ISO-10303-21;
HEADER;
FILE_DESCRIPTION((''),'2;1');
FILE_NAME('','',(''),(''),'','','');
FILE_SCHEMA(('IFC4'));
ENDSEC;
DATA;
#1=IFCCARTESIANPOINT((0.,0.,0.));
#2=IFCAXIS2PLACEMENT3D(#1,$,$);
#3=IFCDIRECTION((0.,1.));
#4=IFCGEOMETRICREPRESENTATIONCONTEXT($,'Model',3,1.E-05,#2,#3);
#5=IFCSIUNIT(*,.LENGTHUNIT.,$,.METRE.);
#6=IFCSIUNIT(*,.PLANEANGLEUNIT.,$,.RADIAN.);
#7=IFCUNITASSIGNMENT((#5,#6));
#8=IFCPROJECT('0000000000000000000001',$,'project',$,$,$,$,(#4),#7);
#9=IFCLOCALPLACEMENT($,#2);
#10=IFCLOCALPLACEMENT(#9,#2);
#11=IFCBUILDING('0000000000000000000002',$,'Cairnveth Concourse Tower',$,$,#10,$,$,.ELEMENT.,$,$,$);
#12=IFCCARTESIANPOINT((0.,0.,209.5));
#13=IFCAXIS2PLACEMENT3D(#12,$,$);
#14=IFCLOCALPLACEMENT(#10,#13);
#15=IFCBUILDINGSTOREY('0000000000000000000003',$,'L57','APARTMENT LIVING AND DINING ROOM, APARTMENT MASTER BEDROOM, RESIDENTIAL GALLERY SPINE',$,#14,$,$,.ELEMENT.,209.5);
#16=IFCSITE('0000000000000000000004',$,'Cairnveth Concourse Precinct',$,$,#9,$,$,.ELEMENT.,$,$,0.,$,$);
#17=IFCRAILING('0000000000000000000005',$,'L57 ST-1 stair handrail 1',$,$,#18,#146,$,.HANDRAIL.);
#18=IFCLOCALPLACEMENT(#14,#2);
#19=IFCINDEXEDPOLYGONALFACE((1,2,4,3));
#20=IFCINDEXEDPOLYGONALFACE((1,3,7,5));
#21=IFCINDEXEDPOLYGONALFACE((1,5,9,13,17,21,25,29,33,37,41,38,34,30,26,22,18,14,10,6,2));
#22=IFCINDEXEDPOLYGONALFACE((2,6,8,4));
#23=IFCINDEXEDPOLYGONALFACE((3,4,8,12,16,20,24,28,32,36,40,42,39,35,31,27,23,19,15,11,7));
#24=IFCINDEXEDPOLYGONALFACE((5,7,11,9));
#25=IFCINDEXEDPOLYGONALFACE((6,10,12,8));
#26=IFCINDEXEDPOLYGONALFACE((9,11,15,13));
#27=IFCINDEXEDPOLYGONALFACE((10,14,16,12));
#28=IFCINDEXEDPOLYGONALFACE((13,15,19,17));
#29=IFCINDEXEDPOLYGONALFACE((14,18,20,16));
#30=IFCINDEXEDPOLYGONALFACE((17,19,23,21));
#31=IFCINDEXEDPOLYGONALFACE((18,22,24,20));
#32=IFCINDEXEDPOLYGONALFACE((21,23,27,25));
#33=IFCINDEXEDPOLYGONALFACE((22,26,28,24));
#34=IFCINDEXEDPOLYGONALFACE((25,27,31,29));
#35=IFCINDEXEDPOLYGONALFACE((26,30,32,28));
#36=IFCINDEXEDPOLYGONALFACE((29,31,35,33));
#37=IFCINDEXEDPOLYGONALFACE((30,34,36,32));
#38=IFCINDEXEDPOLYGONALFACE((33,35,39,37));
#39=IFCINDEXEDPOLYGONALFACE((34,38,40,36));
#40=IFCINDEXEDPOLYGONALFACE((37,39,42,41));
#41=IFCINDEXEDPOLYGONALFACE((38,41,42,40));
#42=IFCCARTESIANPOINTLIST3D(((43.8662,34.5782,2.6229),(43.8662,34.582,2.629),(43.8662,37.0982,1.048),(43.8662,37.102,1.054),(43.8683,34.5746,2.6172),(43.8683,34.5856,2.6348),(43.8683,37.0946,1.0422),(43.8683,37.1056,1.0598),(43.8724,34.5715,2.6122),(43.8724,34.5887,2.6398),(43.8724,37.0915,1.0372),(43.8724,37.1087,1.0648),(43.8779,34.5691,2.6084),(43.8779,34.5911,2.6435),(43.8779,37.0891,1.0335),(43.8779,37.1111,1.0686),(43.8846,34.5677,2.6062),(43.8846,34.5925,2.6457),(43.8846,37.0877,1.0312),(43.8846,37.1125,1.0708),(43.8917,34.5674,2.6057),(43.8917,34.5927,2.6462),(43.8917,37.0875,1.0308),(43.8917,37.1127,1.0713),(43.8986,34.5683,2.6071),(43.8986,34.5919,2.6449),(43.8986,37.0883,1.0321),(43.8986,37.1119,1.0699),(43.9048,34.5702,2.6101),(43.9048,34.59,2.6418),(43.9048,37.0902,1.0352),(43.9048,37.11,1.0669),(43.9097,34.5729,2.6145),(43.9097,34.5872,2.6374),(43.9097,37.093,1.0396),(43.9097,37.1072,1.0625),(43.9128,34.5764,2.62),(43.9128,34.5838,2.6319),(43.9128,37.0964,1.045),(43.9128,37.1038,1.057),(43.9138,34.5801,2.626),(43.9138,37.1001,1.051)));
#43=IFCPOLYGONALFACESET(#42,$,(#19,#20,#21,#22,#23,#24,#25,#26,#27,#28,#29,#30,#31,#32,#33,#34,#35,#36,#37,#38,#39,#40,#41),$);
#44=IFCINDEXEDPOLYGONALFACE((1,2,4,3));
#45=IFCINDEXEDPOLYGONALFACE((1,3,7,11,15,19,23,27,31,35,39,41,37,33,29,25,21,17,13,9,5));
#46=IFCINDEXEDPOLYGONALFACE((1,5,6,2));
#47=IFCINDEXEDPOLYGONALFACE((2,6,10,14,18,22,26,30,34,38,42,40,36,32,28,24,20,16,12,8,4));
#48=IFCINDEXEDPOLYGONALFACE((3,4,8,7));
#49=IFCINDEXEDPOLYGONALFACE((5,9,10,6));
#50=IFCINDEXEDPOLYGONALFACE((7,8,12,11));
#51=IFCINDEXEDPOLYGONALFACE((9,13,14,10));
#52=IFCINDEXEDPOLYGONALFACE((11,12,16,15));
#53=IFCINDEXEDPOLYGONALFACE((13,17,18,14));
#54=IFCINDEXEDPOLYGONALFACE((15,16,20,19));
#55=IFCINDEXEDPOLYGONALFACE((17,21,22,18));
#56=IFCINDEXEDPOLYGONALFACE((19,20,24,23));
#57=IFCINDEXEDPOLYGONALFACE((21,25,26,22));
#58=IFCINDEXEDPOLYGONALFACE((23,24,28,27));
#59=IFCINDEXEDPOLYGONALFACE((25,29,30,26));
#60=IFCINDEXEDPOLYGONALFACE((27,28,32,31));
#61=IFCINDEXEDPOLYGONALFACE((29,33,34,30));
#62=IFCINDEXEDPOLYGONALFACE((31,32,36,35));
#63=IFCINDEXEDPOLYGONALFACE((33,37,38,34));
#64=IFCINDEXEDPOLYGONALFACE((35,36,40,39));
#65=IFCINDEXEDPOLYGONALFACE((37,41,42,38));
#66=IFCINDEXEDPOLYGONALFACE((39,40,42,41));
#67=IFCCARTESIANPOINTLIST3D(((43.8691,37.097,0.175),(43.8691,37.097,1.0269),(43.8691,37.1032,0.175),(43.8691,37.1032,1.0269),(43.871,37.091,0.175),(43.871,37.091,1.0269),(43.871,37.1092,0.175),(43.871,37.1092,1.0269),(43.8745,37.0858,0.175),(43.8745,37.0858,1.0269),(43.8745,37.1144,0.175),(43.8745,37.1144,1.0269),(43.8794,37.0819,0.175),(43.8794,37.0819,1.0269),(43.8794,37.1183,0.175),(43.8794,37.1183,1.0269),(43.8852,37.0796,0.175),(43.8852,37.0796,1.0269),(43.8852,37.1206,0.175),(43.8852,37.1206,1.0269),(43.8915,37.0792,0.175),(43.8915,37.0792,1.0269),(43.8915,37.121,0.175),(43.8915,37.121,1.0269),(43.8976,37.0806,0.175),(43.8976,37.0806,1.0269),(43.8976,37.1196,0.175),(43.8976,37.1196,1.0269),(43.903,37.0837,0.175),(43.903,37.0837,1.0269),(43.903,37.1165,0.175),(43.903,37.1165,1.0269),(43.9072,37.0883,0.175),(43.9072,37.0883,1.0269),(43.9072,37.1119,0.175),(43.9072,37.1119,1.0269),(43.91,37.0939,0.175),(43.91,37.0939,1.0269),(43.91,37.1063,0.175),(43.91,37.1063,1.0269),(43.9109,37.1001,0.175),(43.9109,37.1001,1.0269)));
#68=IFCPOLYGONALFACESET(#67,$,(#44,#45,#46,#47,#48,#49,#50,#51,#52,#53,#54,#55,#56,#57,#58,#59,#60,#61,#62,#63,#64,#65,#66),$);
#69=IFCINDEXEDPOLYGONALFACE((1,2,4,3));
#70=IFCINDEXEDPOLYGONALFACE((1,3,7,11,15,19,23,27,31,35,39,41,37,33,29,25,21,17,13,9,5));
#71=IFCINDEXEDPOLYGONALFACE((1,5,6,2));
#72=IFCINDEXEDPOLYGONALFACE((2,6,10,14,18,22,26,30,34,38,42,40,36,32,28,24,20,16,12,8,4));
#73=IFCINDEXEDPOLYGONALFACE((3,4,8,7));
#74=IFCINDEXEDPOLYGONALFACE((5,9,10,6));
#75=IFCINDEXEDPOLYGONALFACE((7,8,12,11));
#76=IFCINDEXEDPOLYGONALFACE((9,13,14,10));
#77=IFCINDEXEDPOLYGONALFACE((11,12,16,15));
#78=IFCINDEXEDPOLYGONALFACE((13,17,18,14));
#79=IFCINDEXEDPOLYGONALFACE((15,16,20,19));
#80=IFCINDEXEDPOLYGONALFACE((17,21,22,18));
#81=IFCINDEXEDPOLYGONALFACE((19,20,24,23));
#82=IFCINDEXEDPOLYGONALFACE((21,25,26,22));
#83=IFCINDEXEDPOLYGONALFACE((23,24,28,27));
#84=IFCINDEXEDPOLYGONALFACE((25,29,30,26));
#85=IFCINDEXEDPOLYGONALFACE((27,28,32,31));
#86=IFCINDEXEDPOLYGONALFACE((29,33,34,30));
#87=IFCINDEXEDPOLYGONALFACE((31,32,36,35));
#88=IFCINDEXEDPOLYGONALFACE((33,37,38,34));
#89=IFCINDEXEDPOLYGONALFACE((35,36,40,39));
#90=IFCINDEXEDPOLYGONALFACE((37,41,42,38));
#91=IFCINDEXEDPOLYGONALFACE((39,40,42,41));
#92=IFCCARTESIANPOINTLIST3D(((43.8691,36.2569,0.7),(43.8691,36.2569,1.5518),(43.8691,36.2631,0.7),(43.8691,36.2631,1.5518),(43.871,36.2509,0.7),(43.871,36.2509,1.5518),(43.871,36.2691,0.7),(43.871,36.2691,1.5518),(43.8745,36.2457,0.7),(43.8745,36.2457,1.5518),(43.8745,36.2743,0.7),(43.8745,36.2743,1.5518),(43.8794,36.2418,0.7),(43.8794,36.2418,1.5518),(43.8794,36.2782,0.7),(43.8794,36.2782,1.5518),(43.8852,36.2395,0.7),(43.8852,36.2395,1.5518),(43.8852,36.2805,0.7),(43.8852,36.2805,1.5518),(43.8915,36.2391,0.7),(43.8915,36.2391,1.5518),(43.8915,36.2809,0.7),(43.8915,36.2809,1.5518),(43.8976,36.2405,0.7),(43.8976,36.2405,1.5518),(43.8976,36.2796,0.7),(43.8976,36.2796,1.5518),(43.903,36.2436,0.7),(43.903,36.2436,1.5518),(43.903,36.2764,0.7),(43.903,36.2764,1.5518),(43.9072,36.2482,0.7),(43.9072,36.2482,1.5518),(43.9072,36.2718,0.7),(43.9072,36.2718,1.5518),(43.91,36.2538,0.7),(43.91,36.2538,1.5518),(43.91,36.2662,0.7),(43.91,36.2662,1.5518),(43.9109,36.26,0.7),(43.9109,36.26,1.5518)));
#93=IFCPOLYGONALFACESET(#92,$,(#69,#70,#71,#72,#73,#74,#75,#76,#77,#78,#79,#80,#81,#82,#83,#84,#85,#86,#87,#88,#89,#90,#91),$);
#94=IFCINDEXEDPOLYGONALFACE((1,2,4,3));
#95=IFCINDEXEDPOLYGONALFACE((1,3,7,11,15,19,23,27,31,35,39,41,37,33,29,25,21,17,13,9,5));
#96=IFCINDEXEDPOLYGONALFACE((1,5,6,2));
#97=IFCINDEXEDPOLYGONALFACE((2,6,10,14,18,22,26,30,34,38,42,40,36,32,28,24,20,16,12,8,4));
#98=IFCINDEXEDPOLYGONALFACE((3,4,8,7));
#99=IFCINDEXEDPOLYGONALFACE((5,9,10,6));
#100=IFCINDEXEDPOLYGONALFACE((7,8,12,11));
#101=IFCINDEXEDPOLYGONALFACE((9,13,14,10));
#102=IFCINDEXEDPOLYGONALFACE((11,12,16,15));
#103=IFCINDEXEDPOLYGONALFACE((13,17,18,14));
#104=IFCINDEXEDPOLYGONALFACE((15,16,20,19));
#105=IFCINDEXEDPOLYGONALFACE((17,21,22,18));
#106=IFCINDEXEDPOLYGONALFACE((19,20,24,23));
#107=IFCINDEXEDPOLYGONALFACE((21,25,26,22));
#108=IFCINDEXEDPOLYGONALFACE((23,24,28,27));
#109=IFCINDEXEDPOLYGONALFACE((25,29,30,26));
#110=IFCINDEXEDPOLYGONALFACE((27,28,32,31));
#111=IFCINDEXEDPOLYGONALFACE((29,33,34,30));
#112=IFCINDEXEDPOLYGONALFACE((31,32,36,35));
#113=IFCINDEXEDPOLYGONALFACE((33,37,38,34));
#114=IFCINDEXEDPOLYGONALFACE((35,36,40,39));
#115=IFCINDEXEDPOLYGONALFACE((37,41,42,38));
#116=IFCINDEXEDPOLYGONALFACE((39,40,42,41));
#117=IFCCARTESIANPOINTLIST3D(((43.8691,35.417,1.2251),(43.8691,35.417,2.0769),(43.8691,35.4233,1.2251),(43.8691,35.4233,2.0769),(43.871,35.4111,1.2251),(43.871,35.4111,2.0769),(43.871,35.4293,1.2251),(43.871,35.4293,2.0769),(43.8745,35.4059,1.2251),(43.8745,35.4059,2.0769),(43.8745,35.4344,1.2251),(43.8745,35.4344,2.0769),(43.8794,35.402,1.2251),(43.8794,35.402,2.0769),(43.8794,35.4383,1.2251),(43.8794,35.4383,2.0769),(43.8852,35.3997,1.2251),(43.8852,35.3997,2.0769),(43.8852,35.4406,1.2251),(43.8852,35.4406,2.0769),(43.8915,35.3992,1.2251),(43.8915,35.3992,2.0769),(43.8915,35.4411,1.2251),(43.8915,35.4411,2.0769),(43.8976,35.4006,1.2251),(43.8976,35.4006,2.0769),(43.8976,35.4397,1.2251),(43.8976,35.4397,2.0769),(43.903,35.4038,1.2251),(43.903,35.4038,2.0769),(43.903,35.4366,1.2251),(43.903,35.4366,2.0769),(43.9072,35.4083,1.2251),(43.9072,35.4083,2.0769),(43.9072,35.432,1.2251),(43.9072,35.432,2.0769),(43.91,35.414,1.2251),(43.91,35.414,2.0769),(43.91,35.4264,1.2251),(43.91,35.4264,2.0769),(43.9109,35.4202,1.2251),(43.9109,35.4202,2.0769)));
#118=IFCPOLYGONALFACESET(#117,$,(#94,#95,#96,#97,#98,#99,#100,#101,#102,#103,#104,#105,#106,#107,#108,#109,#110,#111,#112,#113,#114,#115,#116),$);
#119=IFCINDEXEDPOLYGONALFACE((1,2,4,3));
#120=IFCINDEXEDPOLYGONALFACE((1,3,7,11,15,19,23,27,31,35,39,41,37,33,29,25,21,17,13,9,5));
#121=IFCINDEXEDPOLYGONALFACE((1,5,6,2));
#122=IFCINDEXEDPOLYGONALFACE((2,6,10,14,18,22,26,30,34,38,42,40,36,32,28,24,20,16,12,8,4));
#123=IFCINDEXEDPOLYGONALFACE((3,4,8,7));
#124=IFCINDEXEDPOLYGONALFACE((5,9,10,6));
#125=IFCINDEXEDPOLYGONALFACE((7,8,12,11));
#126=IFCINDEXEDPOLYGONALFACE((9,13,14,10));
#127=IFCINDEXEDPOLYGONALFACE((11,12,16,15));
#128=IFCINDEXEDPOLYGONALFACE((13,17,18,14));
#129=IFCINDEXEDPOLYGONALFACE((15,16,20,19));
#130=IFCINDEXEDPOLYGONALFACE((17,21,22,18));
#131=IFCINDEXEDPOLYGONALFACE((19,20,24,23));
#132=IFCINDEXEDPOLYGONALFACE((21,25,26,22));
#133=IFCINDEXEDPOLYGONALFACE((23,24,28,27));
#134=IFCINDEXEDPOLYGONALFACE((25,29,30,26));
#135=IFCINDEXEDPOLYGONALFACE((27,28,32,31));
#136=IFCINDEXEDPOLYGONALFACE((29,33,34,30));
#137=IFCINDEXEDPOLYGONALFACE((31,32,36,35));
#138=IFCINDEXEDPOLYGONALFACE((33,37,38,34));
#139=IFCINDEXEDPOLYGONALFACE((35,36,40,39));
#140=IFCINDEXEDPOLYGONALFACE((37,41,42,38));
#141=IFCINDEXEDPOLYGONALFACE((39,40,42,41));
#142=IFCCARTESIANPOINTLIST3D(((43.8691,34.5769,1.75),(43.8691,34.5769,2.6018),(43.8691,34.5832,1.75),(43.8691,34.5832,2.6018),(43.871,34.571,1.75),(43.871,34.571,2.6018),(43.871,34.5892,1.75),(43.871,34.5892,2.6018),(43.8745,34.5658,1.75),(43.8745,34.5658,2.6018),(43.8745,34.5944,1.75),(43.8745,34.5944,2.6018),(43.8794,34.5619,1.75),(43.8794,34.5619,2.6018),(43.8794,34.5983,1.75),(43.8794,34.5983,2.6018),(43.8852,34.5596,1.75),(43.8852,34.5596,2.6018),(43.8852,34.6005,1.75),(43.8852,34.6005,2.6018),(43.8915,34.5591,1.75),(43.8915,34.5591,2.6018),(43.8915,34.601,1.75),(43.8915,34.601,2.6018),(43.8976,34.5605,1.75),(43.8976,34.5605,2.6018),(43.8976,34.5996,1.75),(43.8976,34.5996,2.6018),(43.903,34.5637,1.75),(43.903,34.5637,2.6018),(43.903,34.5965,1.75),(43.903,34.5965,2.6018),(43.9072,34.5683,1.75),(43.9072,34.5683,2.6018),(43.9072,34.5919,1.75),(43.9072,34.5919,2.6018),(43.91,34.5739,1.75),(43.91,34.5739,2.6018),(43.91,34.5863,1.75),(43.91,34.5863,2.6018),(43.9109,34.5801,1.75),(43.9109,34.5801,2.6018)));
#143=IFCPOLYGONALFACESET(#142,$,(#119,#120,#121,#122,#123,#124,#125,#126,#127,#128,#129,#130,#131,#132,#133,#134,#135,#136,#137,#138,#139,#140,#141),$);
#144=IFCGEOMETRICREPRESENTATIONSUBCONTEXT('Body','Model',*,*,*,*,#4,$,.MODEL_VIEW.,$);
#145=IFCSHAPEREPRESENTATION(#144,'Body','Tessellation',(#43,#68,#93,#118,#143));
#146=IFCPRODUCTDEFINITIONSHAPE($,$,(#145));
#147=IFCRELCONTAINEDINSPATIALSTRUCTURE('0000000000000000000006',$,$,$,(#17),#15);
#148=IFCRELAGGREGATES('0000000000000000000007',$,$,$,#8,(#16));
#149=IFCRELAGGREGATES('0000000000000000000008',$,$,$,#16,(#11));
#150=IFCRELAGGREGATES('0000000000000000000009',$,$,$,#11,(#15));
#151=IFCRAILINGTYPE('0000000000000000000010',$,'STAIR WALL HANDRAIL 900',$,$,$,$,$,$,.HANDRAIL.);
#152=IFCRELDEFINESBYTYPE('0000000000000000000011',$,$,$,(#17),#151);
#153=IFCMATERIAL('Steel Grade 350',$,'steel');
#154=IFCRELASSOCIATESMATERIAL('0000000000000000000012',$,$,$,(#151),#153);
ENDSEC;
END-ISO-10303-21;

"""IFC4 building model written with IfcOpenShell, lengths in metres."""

from ifc_helpers import new_model, si_unit, direction, frame, origin, origin_2d, place, context, subcontext, project, spatial, circle, extrude, material, type_object, element, save


model = new_model("IFC4")

# Units and contexts
model_context = context("Model", 3, precision=1e-05, world=origin(), true_north=direction((0.0, 1.0)))
body_context = subcontext(model_context, "Body", "Model", "MODEL_VIEW")
ifc_project = project(units=[si_unit("LENGTHUNIT", "METRE"), si_unit("PLANEANGLEUNIT", "RADIAN")], contexts=[model_context])

# Site, building, storey
site_placement = place(None, origin())
site = spatial("IfcSite", under=ifc_project, at=site_placement, Name="Cairnveth Concourse Precinct", CompositionType="ELEMENT", RefElevation=0.0)
building_placement = place(site_placement, origin())
building = spatial("IfcBuilding", under=site, at=building_placement, Name="Cairnveth Concourse Tower", CompositionType="ELEMENT")
storey_placement = place(building_placement, frame((0.0, 0.0, 209.5)))
storey = spatial("IfcBuildingStorey", under=building, at=storey_placement, Name="L57", Description="APARTMENT LIVING AND DINING ROOM, APARTMENT MASTER BEDROOM, RESIDENTIAL GALLERY SPINE", CompositionType="ELEMENT", Elevation=209.5)

# Railing
ifc_material_1 = material(Name="Steel Grade 350", Category="steel")
railing_type_1 = type_object("IfcRailingType", Name="STAIR WALL HANDRAIL 900", PredefinedType="HANDRAIL", material=ifc_material_1)
railing_1_placement = place(storey_placement, frame((43.8899, 37.1001, 0.175)))
element("IfcRailing", 1, at=railing_1_placement, inside=storey, type_object=railing_type_1, Name="L57 ST-1 stair handrail 1", PredefinedType="HANDRAIL", context=body_context, shape_type="SweptSolid", body=[
    extrude(circle(Radius=0.0239, at=origin_2d()), frame((0.0, 0.0, 0.876), z_axis=(0.0, -0.848008, 0.529984), x_axis=(1.0, 0.0, 0.0)), (0.0, 0.0, 1.0), 2.9717),
    extrude(circle(Radius=0.021, at=origin_2d()), origin(), (0.0, 0.0, 1.0), 0.8518),
    extrude(circle(Radius=0.021, at=origin_2d()), frame((0.0, -0.8401, 0.5249)), (0.0, 0.0, 1.0), 0.8518),
    extrude(circle(Radius=0.021, at=origin_2d()), frame((0.0, -1.6799, 1.05)), (0.0, 0.0, 1.0), 0.8518),
    extrude(circle(Radius=0.021, at=origin_2d()), frame((0.0, -2.52, 1.575)), (0.0, 0.0, 1.0), 0.8518),
])

save(model, "model.ifc")
